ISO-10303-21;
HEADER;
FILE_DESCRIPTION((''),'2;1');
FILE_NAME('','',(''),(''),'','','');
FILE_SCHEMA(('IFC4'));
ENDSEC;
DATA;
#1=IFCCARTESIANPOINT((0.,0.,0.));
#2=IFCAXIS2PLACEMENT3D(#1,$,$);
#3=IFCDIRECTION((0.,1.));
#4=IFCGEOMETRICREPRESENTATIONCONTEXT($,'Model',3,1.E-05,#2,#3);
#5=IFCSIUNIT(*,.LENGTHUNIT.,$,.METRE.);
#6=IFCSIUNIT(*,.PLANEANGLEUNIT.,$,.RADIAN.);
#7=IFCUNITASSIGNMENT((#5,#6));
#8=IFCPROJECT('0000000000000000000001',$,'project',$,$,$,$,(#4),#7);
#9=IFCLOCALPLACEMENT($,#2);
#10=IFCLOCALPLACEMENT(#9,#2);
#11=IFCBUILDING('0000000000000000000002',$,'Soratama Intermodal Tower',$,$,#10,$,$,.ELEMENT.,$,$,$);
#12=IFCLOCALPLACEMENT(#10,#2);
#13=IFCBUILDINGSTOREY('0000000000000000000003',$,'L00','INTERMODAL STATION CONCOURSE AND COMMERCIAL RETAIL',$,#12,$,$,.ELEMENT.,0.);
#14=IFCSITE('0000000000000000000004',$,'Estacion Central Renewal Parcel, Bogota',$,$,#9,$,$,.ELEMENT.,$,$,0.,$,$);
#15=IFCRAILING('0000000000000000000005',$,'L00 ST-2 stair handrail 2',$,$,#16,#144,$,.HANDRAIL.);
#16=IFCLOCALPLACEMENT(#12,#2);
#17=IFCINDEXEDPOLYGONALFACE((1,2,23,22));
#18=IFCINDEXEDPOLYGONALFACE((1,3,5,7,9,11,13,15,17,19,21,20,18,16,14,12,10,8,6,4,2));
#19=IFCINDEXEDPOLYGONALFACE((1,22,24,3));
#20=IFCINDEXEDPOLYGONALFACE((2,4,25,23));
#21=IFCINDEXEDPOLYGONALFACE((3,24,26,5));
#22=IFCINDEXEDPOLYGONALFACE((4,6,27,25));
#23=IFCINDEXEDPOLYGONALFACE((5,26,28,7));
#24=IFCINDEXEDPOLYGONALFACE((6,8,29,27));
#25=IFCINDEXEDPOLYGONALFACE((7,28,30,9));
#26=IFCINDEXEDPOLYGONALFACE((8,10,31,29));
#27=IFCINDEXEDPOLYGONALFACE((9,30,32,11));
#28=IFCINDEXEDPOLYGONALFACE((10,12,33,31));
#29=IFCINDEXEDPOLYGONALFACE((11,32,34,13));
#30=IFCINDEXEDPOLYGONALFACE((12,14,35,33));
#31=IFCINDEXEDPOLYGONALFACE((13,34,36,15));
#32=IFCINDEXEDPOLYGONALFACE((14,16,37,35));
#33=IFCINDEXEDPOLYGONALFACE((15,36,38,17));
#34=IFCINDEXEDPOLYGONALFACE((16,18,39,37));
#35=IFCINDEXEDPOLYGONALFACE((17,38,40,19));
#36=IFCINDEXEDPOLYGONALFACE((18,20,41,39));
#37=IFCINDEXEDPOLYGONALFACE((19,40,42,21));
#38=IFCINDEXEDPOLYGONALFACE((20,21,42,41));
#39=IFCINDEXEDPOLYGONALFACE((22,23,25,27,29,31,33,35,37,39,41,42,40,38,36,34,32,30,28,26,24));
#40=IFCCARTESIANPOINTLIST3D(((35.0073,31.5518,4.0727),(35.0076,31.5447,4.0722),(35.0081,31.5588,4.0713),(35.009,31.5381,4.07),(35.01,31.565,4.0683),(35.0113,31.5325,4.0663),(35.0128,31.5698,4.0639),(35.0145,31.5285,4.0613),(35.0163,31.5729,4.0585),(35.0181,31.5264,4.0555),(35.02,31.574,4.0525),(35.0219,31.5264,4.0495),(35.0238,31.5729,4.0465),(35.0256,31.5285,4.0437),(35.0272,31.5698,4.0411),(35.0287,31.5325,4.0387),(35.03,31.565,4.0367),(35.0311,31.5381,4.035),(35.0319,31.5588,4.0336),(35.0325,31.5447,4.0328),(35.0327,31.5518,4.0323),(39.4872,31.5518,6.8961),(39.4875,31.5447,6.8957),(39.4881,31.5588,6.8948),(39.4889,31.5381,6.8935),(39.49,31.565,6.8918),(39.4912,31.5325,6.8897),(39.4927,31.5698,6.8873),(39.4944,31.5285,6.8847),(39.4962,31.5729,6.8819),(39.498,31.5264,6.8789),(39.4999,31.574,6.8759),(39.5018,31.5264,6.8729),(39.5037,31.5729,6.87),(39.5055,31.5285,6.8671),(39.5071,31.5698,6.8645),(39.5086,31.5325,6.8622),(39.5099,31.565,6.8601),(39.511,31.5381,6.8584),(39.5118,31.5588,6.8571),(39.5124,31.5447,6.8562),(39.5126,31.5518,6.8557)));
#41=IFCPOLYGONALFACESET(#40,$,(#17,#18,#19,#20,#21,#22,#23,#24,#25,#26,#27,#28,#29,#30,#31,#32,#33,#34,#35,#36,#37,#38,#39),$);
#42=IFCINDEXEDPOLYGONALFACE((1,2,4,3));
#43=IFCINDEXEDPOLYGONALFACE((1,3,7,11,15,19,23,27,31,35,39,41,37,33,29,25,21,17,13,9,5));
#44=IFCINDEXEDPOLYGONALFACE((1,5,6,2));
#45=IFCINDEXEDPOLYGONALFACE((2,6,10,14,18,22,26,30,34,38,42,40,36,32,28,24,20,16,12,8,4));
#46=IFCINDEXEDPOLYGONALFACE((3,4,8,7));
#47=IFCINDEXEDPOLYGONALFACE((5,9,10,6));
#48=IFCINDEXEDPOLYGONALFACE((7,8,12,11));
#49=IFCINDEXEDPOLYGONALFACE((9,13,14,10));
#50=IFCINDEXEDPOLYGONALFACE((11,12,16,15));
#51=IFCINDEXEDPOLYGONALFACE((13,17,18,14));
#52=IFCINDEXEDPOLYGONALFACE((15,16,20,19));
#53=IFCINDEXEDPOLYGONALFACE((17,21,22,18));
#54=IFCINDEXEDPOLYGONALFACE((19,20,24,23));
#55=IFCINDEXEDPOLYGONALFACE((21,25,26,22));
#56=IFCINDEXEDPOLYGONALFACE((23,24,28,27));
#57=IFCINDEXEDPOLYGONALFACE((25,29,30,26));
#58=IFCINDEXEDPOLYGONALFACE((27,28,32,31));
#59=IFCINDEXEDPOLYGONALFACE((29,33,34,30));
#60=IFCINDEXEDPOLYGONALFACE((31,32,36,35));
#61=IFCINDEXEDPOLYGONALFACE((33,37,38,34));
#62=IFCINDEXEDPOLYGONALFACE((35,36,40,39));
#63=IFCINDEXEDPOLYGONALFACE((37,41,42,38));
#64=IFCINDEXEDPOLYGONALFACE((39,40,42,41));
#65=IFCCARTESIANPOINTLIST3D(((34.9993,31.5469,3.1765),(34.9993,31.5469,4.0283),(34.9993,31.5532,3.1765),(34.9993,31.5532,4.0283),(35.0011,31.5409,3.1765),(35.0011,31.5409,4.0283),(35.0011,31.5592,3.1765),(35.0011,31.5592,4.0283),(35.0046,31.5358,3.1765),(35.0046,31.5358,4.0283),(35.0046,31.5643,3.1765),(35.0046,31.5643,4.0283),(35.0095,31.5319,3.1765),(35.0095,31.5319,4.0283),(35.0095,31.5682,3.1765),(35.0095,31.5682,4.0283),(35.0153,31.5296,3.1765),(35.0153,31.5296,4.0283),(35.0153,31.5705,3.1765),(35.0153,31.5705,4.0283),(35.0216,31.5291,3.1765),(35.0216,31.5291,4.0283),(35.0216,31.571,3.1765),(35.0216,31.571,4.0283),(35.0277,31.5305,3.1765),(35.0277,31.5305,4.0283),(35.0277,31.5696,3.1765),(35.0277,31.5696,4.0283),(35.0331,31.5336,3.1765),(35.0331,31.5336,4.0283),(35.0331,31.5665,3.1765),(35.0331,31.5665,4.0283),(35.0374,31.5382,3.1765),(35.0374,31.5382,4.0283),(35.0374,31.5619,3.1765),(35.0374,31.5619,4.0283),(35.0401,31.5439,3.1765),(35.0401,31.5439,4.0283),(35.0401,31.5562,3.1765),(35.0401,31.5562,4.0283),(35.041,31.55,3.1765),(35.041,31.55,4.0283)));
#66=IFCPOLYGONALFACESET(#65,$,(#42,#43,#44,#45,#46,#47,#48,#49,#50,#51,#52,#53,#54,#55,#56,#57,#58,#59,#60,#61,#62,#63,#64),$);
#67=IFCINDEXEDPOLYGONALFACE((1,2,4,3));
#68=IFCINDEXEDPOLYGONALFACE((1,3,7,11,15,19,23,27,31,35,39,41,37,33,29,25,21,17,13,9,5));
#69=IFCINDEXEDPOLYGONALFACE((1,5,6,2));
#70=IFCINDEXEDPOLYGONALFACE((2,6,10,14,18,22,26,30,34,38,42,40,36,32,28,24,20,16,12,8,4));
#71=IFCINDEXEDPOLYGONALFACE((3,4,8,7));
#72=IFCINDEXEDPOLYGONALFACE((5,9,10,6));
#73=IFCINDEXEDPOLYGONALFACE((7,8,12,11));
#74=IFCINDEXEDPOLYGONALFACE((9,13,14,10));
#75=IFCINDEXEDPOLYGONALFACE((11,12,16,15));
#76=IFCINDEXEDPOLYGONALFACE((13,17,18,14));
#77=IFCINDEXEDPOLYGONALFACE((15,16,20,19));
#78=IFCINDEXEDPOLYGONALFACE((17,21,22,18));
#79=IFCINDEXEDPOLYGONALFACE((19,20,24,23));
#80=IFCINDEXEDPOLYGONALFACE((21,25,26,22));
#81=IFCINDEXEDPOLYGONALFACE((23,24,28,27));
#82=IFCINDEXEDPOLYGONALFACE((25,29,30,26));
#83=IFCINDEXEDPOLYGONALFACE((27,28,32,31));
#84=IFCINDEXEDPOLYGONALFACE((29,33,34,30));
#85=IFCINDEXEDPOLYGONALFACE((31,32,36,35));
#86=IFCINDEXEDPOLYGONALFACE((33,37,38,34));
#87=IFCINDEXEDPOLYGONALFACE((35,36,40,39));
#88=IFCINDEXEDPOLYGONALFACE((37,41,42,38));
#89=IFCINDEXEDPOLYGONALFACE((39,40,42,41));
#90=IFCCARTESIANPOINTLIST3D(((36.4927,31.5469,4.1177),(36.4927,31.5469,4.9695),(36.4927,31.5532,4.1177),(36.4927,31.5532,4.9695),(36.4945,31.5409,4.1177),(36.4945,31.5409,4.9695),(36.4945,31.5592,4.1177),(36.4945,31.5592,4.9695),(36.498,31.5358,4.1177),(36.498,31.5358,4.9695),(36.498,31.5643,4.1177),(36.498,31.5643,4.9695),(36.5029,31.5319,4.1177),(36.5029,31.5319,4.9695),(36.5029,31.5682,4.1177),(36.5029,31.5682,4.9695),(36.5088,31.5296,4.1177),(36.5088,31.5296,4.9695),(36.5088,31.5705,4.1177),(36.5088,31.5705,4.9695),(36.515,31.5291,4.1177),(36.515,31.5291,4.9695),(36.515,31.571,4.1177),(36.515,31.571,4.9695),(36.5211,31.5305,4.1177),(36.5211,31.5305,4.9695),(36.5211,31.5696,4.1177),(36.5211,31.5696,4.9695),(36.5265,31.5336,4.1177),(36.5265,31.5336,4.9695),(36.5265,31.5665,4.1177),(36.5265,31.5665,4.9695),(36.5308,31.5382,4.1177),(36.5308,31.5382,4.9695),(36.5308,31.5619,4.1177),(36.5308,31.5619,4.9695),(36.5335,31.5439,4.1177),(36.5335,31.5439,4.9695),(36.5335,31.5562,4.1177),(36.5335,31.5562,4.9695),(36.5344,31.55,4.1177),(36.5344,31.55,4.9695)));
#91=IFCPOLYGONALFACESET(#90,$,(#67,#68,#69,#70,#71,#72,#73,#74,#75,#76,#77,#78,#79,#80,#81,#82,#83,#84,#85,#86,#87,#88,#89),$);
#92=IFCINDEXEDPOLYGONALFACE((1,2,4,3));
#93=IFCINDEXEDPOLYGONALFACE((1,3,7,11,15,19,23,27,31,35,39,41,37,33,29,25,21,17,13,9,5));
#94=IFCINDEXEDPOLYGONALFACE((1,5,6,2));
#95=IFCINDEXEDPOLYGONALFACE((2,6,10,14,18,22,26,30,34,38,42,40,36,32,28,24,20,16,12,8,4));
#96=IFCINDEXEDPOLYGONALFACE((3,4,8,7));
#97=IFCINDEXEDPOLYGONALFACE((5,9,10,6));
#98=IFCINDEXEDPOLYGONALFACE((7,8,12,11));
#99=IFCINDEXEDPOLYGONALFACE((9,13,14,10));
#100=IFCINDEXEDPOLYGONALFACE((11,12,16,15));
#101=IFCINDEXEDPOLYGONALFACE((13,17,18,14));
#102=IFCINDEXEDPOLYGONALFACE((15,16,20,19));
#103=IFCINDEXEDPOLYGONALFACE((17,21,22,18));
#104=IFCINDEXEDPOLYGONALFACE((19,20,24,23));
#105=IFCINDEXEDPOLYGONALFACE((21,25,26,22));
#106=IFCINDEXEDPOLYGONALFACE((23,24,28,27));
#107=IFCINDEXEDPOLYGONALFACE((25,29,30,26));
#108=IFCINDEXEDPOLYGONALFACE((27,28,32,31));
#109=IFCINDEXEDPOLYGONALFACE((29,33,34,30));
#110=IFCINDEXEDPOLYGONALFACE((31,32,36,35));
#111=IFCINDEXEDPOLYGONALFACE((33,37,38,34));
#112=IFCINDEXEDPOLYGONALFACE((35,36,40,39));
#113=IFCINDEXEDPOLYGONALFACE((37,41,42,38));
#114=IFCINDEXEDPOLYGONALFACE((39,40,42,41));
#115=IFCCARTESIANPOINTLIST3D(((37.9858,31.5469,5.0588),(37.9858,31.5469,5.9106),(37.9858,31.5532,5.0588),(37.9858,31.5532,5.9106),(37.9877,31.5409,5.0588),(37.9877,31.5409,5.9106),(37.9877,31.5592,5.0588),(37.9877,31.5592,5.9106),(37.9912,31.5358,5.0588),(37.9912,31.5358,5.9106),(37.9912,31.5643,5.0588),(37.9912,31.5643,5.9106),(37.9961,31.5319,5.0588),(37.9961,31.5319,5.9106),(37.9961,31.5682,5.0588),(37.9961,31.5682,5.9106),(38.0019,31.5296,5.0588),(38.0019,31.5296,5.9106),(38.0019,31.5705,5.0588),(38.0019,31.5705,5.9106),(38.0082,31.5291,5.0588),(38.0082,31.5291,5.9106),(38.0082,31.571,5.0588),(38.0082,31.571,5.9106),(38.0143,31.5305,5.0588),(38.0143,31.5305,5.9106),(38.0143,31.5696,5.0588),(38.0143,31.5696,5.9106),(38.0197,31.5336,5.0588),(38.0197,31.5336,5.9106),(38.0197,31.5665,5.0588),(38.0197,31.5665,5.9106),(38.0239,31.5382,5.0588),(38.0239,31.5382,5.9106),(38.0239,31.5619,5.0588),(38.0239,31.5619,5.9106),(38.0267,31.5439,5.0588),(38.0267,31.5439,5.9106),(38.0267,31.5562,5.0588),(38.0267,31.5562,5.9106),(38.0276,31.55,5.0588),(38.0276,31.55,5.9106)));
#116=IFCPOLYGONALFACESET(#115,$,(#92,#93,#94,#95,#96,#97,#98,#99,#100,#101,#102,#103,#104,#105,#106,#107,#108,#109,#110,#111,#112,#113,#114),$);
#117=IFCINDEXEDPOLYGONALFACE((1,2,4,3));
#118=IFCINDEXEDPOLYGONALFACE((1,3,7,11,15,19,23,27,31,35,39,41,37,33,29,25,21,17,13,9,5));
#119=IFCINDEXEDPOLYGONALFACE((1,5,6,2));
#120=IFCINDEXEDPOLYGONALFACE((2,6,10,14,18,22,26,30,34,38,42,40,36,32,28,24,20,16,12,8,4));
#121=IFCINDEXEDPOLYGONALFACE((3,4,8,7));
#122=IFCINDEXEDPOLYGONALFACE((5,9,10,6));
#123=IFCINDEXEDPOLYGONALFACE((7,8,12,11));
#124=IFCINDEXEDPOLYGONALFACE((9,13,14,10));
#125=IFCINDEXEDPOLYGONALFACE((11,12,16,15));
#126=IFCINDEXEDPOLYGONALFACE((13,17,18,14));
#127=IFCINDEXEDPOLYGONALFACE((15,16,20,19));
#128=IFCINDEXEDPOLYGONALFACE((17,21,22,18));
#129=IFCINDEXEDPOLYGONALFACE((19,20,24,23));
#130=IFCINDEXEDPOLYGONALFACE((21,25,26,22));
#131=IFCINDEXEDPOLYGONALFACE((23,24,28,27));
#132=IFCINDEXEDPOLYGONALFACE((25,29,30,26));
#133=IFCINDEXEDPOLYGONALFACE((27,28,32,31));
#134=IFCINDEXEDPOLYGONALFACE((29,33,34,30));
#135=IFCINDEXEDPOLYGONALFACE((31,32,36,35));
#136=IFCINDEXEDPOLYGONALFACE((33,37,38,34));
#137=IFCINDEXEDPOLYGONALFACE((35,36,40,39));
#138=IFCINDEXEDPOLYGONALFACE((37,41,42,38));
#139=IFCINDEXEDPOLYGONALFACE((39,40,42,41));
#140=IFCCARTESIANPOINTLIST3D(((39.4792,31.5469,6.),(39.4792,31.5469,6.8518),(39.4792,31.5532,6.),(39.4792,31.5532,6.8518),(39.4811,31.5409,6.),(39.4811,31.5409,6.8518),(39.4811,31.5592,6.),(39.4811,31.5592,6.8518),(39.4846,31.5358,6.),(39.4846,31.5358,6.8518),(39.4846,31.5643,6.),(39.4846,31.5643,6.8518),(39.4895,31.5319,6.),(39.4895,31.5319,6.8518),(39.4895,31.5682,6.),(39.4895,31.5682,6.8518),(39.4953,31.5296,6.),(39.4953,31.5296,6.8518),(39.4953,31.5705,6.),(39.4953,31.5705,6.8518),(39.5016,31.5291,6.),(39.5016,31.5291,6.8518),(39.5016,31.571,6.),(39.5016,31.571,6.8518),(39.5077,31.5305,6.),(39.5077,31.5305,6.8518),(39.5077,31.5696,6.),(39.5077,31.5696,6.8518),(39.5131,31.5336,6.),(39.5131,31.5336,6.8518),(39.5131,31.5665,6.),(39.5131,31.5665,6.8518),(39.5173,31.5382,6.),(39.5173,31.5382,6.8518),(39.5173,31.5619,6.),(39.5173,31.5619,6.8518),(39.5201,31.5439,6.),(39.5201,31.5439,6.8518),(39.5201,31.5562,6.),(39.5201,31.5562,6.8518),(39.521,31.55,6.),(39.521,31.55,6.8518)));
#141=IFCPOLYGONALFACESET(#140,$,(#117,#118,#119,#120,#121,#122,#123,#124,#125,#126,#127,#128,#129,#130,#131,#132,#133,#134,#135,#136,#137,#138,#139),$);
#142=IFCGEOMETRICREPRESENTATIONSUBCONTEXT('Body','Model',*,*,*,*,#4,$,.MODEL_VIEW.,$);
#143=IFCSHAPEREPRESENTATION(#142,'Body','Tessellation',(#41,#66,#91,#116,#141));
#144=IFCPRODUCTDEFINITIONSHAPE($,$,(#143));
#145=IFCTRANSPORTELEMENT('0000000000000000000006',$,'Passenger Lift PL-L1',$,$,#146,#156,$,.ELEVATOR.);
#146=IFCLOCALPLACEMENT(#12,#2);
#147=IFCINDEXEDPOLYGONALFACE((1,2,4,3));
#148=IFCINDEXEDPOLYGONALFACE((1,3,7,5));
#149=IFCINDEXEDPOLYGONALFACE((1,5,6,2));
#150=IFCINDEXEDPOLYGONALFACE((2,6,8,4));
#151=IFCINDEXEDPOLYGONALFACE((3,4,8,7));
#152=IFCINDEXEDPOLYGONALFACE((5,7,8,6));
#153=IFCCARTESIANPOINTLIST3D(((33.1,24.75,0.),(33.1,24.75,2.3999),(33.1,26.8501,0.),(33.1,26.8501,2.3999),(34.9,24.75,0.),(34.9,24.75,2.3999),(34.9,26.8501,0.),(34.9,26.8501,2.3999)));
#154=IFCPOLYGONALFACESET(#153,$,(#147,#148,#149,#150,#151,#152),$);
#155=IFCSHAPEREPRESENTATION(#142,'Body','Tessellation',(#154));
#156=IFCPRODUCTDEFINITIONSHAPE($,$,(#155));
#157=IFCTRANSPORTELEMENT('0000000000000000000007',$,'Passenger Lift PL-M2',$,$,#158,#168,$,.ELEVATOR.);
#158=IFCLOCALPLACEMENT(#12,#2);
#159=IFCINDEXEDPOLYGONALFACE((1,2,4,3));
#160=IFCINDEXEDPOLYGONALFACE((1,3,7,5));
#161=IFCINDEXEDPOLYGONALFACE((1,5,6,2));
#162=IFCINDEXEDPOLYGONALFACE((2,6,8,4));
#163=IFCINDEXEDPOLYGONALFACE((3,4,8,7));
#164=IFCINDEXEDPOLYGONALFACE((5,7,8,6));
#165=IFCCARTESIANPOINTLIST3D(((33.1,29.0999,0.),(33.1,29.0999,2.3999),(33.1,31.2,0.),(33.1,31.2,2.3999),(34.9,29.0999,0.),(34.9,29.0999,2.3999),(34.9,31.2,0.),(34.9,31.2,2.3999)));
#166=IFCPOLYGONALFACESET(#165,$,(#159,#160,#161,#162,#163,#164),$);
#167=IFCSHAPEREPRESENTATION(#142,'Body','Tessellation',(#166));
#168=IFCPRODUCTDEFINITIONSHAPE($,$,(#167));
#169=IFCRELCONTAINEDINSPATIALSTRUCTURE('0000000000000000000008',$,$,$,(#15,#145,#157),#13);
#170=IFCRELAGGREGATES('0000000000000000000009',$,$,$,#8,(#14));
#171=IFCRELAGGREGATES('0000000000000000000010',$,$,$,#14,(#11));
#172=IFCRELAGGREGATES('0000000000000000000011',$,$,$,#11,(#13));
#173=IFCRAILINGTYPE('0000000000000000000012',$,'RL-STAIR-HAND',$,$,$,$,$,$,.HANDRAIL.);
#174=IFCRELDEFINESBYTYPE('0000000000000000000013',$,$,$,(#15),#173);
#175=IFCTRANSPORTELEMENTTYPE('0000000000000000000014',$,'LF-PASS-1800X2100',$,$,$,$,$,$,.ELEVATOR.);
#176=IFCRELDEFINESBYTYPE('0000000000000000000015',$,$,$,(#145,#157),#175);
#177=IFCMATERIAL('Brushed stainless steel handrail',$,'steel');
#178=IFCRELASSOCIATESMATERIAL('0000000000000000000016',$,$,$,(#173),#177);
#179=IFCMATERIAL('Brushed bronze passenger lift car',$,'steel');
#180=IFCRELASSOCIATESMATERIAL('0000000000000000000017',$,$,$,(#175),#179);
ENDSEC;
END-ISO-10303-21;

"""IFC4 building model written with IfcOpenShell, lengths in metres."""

from ifc_helpers import new_model, si_unit, direction, frame, origin, origin_2d, place, context, subcontext, project, spatial, rectangle, circle, extrude, material, type_object, element, save


model = new_model("IFC4")

# Units and contexts
model_context = context("Model", 3, precision=1e-05, world=origin(), true_north=direction((0.0, 1.0)))
body_context = subcontext(model_context, "Body", "Model", "MODEL_VIEW")
ifc_project = project(units=[si_unit("LENGTHUNIT", "METRE"), si_unit("PLANEANGLEUNIT", "RADIAN")], contexts=[model_context])

# Site, building, storey
site_placement = place(None, origin())
site = spatial("IfcSite", under=ifc_project, at=site_placement, Name="Estacion Central Renewal Parcel, Bogota", CompositionType="ELEMENT", RefElevation=0.0)
building_placement = place(site_placement, origin())
building = spatial("IfcBuilding", under=site, at=building_placement, Name="Soratama Intermodal Tower", CompositionType="ELEMENT")
storey_placement = place(building_placement, origin())
storey = spatial("IfcBuildingStorey", under=building, at=storey_placement, Name="L00", Description="INTERMODAL STATION CONCOURSE AND COMMERCIAL RETAIL", CompositionType="ELEMENT", Elevation=0.0)

# Railing
ifc_material_1 = material(Name="Brushed stainless steel handrail", Category="steel")
railing_type = type_object("IfcRailingType", Name="RL-STAIR-HAND", PredefinedType="HANDRAIL", material=ifc_material_1)
railing_placement = place(storey_placement, frame((35.02, 31.55, 3.1765)))
element("IfcRailing", 1, at=railing_placement, inside=storey, type_object=railing_type, Name="L00 ST-2 stair handrail 2", PredefinedType="HANDRAIL", context=body_context, shape_type="SweptSolid", body=[
    extrude(circle(Radius=0.0239, at=origin_2d()), frame((0.0, 0.0, 0.876), z_axis=(0.845998, 0.0, 0.533186), x_axis=(0.0, 1.0, 0.0)), (0.0, 0.0, 1.0), 5.2954),
    extrude(circle(Radius=0.021, at=origin_2d()), origin(), (0.0, 0.0, 1.0), 0.8518),
    extrude(circle(Radius=0.021, at=origin_2d()), frame((1.4934, 0.0, 0.9412)), (0.0, 0.0, 1.0), 0.8518),
    extrude(circle(Radius=0.021, at=origin_2d()), frame((2.9866, 0.0, 1.8823)), (0.0, 0.0, 1.0), 0.8518),
    extrude(circle(Radius=0.021, at=origin_2d()), frame((4.48, 0.0, 2.8235)), (0.0, 0.0, 1.0), 0.8518),
])

# Transport elements
ifc_material_2 = material(Name="Brushed bronze passenger lift car", Category="steel")
transport_element_type = type_object("IfcTransportElementType", Name="LF-PASS-1800X2100", PredefinedType="ELEVATOR", material=ifc_material_2)
for number, where, z_axis, x_axis, name in (
    (2, (34.0, 25.8, 0.0), (0.0, 0.0, 1.0), (1.0, 0.0, 0.0), "Passenger Lift PL-L1"),
    (3, (34.0, 30.1499, 0.0), (0.0, 0.0, 1.0), (1.0, 0.0, 0.0), "Passenger Lift PL-M2"),
):
    element("IfcTransportElement", number, at=place(storey_placement, frame(where, z_axis=z_axis, x_axis=x_axis)), inside=storey, type_object=transport_element_type, Name=name, PredefinedType="ELEVATOR", context=body_context, shape_type="SweptSolid", body=[
        extrude(rectangle(XDim=1.8, YDim=2.1001, at=origin_2d()), origin(), (0.0, 0.0, 1.0), 2.3999),
    ])

save(model, "model.ifc")
